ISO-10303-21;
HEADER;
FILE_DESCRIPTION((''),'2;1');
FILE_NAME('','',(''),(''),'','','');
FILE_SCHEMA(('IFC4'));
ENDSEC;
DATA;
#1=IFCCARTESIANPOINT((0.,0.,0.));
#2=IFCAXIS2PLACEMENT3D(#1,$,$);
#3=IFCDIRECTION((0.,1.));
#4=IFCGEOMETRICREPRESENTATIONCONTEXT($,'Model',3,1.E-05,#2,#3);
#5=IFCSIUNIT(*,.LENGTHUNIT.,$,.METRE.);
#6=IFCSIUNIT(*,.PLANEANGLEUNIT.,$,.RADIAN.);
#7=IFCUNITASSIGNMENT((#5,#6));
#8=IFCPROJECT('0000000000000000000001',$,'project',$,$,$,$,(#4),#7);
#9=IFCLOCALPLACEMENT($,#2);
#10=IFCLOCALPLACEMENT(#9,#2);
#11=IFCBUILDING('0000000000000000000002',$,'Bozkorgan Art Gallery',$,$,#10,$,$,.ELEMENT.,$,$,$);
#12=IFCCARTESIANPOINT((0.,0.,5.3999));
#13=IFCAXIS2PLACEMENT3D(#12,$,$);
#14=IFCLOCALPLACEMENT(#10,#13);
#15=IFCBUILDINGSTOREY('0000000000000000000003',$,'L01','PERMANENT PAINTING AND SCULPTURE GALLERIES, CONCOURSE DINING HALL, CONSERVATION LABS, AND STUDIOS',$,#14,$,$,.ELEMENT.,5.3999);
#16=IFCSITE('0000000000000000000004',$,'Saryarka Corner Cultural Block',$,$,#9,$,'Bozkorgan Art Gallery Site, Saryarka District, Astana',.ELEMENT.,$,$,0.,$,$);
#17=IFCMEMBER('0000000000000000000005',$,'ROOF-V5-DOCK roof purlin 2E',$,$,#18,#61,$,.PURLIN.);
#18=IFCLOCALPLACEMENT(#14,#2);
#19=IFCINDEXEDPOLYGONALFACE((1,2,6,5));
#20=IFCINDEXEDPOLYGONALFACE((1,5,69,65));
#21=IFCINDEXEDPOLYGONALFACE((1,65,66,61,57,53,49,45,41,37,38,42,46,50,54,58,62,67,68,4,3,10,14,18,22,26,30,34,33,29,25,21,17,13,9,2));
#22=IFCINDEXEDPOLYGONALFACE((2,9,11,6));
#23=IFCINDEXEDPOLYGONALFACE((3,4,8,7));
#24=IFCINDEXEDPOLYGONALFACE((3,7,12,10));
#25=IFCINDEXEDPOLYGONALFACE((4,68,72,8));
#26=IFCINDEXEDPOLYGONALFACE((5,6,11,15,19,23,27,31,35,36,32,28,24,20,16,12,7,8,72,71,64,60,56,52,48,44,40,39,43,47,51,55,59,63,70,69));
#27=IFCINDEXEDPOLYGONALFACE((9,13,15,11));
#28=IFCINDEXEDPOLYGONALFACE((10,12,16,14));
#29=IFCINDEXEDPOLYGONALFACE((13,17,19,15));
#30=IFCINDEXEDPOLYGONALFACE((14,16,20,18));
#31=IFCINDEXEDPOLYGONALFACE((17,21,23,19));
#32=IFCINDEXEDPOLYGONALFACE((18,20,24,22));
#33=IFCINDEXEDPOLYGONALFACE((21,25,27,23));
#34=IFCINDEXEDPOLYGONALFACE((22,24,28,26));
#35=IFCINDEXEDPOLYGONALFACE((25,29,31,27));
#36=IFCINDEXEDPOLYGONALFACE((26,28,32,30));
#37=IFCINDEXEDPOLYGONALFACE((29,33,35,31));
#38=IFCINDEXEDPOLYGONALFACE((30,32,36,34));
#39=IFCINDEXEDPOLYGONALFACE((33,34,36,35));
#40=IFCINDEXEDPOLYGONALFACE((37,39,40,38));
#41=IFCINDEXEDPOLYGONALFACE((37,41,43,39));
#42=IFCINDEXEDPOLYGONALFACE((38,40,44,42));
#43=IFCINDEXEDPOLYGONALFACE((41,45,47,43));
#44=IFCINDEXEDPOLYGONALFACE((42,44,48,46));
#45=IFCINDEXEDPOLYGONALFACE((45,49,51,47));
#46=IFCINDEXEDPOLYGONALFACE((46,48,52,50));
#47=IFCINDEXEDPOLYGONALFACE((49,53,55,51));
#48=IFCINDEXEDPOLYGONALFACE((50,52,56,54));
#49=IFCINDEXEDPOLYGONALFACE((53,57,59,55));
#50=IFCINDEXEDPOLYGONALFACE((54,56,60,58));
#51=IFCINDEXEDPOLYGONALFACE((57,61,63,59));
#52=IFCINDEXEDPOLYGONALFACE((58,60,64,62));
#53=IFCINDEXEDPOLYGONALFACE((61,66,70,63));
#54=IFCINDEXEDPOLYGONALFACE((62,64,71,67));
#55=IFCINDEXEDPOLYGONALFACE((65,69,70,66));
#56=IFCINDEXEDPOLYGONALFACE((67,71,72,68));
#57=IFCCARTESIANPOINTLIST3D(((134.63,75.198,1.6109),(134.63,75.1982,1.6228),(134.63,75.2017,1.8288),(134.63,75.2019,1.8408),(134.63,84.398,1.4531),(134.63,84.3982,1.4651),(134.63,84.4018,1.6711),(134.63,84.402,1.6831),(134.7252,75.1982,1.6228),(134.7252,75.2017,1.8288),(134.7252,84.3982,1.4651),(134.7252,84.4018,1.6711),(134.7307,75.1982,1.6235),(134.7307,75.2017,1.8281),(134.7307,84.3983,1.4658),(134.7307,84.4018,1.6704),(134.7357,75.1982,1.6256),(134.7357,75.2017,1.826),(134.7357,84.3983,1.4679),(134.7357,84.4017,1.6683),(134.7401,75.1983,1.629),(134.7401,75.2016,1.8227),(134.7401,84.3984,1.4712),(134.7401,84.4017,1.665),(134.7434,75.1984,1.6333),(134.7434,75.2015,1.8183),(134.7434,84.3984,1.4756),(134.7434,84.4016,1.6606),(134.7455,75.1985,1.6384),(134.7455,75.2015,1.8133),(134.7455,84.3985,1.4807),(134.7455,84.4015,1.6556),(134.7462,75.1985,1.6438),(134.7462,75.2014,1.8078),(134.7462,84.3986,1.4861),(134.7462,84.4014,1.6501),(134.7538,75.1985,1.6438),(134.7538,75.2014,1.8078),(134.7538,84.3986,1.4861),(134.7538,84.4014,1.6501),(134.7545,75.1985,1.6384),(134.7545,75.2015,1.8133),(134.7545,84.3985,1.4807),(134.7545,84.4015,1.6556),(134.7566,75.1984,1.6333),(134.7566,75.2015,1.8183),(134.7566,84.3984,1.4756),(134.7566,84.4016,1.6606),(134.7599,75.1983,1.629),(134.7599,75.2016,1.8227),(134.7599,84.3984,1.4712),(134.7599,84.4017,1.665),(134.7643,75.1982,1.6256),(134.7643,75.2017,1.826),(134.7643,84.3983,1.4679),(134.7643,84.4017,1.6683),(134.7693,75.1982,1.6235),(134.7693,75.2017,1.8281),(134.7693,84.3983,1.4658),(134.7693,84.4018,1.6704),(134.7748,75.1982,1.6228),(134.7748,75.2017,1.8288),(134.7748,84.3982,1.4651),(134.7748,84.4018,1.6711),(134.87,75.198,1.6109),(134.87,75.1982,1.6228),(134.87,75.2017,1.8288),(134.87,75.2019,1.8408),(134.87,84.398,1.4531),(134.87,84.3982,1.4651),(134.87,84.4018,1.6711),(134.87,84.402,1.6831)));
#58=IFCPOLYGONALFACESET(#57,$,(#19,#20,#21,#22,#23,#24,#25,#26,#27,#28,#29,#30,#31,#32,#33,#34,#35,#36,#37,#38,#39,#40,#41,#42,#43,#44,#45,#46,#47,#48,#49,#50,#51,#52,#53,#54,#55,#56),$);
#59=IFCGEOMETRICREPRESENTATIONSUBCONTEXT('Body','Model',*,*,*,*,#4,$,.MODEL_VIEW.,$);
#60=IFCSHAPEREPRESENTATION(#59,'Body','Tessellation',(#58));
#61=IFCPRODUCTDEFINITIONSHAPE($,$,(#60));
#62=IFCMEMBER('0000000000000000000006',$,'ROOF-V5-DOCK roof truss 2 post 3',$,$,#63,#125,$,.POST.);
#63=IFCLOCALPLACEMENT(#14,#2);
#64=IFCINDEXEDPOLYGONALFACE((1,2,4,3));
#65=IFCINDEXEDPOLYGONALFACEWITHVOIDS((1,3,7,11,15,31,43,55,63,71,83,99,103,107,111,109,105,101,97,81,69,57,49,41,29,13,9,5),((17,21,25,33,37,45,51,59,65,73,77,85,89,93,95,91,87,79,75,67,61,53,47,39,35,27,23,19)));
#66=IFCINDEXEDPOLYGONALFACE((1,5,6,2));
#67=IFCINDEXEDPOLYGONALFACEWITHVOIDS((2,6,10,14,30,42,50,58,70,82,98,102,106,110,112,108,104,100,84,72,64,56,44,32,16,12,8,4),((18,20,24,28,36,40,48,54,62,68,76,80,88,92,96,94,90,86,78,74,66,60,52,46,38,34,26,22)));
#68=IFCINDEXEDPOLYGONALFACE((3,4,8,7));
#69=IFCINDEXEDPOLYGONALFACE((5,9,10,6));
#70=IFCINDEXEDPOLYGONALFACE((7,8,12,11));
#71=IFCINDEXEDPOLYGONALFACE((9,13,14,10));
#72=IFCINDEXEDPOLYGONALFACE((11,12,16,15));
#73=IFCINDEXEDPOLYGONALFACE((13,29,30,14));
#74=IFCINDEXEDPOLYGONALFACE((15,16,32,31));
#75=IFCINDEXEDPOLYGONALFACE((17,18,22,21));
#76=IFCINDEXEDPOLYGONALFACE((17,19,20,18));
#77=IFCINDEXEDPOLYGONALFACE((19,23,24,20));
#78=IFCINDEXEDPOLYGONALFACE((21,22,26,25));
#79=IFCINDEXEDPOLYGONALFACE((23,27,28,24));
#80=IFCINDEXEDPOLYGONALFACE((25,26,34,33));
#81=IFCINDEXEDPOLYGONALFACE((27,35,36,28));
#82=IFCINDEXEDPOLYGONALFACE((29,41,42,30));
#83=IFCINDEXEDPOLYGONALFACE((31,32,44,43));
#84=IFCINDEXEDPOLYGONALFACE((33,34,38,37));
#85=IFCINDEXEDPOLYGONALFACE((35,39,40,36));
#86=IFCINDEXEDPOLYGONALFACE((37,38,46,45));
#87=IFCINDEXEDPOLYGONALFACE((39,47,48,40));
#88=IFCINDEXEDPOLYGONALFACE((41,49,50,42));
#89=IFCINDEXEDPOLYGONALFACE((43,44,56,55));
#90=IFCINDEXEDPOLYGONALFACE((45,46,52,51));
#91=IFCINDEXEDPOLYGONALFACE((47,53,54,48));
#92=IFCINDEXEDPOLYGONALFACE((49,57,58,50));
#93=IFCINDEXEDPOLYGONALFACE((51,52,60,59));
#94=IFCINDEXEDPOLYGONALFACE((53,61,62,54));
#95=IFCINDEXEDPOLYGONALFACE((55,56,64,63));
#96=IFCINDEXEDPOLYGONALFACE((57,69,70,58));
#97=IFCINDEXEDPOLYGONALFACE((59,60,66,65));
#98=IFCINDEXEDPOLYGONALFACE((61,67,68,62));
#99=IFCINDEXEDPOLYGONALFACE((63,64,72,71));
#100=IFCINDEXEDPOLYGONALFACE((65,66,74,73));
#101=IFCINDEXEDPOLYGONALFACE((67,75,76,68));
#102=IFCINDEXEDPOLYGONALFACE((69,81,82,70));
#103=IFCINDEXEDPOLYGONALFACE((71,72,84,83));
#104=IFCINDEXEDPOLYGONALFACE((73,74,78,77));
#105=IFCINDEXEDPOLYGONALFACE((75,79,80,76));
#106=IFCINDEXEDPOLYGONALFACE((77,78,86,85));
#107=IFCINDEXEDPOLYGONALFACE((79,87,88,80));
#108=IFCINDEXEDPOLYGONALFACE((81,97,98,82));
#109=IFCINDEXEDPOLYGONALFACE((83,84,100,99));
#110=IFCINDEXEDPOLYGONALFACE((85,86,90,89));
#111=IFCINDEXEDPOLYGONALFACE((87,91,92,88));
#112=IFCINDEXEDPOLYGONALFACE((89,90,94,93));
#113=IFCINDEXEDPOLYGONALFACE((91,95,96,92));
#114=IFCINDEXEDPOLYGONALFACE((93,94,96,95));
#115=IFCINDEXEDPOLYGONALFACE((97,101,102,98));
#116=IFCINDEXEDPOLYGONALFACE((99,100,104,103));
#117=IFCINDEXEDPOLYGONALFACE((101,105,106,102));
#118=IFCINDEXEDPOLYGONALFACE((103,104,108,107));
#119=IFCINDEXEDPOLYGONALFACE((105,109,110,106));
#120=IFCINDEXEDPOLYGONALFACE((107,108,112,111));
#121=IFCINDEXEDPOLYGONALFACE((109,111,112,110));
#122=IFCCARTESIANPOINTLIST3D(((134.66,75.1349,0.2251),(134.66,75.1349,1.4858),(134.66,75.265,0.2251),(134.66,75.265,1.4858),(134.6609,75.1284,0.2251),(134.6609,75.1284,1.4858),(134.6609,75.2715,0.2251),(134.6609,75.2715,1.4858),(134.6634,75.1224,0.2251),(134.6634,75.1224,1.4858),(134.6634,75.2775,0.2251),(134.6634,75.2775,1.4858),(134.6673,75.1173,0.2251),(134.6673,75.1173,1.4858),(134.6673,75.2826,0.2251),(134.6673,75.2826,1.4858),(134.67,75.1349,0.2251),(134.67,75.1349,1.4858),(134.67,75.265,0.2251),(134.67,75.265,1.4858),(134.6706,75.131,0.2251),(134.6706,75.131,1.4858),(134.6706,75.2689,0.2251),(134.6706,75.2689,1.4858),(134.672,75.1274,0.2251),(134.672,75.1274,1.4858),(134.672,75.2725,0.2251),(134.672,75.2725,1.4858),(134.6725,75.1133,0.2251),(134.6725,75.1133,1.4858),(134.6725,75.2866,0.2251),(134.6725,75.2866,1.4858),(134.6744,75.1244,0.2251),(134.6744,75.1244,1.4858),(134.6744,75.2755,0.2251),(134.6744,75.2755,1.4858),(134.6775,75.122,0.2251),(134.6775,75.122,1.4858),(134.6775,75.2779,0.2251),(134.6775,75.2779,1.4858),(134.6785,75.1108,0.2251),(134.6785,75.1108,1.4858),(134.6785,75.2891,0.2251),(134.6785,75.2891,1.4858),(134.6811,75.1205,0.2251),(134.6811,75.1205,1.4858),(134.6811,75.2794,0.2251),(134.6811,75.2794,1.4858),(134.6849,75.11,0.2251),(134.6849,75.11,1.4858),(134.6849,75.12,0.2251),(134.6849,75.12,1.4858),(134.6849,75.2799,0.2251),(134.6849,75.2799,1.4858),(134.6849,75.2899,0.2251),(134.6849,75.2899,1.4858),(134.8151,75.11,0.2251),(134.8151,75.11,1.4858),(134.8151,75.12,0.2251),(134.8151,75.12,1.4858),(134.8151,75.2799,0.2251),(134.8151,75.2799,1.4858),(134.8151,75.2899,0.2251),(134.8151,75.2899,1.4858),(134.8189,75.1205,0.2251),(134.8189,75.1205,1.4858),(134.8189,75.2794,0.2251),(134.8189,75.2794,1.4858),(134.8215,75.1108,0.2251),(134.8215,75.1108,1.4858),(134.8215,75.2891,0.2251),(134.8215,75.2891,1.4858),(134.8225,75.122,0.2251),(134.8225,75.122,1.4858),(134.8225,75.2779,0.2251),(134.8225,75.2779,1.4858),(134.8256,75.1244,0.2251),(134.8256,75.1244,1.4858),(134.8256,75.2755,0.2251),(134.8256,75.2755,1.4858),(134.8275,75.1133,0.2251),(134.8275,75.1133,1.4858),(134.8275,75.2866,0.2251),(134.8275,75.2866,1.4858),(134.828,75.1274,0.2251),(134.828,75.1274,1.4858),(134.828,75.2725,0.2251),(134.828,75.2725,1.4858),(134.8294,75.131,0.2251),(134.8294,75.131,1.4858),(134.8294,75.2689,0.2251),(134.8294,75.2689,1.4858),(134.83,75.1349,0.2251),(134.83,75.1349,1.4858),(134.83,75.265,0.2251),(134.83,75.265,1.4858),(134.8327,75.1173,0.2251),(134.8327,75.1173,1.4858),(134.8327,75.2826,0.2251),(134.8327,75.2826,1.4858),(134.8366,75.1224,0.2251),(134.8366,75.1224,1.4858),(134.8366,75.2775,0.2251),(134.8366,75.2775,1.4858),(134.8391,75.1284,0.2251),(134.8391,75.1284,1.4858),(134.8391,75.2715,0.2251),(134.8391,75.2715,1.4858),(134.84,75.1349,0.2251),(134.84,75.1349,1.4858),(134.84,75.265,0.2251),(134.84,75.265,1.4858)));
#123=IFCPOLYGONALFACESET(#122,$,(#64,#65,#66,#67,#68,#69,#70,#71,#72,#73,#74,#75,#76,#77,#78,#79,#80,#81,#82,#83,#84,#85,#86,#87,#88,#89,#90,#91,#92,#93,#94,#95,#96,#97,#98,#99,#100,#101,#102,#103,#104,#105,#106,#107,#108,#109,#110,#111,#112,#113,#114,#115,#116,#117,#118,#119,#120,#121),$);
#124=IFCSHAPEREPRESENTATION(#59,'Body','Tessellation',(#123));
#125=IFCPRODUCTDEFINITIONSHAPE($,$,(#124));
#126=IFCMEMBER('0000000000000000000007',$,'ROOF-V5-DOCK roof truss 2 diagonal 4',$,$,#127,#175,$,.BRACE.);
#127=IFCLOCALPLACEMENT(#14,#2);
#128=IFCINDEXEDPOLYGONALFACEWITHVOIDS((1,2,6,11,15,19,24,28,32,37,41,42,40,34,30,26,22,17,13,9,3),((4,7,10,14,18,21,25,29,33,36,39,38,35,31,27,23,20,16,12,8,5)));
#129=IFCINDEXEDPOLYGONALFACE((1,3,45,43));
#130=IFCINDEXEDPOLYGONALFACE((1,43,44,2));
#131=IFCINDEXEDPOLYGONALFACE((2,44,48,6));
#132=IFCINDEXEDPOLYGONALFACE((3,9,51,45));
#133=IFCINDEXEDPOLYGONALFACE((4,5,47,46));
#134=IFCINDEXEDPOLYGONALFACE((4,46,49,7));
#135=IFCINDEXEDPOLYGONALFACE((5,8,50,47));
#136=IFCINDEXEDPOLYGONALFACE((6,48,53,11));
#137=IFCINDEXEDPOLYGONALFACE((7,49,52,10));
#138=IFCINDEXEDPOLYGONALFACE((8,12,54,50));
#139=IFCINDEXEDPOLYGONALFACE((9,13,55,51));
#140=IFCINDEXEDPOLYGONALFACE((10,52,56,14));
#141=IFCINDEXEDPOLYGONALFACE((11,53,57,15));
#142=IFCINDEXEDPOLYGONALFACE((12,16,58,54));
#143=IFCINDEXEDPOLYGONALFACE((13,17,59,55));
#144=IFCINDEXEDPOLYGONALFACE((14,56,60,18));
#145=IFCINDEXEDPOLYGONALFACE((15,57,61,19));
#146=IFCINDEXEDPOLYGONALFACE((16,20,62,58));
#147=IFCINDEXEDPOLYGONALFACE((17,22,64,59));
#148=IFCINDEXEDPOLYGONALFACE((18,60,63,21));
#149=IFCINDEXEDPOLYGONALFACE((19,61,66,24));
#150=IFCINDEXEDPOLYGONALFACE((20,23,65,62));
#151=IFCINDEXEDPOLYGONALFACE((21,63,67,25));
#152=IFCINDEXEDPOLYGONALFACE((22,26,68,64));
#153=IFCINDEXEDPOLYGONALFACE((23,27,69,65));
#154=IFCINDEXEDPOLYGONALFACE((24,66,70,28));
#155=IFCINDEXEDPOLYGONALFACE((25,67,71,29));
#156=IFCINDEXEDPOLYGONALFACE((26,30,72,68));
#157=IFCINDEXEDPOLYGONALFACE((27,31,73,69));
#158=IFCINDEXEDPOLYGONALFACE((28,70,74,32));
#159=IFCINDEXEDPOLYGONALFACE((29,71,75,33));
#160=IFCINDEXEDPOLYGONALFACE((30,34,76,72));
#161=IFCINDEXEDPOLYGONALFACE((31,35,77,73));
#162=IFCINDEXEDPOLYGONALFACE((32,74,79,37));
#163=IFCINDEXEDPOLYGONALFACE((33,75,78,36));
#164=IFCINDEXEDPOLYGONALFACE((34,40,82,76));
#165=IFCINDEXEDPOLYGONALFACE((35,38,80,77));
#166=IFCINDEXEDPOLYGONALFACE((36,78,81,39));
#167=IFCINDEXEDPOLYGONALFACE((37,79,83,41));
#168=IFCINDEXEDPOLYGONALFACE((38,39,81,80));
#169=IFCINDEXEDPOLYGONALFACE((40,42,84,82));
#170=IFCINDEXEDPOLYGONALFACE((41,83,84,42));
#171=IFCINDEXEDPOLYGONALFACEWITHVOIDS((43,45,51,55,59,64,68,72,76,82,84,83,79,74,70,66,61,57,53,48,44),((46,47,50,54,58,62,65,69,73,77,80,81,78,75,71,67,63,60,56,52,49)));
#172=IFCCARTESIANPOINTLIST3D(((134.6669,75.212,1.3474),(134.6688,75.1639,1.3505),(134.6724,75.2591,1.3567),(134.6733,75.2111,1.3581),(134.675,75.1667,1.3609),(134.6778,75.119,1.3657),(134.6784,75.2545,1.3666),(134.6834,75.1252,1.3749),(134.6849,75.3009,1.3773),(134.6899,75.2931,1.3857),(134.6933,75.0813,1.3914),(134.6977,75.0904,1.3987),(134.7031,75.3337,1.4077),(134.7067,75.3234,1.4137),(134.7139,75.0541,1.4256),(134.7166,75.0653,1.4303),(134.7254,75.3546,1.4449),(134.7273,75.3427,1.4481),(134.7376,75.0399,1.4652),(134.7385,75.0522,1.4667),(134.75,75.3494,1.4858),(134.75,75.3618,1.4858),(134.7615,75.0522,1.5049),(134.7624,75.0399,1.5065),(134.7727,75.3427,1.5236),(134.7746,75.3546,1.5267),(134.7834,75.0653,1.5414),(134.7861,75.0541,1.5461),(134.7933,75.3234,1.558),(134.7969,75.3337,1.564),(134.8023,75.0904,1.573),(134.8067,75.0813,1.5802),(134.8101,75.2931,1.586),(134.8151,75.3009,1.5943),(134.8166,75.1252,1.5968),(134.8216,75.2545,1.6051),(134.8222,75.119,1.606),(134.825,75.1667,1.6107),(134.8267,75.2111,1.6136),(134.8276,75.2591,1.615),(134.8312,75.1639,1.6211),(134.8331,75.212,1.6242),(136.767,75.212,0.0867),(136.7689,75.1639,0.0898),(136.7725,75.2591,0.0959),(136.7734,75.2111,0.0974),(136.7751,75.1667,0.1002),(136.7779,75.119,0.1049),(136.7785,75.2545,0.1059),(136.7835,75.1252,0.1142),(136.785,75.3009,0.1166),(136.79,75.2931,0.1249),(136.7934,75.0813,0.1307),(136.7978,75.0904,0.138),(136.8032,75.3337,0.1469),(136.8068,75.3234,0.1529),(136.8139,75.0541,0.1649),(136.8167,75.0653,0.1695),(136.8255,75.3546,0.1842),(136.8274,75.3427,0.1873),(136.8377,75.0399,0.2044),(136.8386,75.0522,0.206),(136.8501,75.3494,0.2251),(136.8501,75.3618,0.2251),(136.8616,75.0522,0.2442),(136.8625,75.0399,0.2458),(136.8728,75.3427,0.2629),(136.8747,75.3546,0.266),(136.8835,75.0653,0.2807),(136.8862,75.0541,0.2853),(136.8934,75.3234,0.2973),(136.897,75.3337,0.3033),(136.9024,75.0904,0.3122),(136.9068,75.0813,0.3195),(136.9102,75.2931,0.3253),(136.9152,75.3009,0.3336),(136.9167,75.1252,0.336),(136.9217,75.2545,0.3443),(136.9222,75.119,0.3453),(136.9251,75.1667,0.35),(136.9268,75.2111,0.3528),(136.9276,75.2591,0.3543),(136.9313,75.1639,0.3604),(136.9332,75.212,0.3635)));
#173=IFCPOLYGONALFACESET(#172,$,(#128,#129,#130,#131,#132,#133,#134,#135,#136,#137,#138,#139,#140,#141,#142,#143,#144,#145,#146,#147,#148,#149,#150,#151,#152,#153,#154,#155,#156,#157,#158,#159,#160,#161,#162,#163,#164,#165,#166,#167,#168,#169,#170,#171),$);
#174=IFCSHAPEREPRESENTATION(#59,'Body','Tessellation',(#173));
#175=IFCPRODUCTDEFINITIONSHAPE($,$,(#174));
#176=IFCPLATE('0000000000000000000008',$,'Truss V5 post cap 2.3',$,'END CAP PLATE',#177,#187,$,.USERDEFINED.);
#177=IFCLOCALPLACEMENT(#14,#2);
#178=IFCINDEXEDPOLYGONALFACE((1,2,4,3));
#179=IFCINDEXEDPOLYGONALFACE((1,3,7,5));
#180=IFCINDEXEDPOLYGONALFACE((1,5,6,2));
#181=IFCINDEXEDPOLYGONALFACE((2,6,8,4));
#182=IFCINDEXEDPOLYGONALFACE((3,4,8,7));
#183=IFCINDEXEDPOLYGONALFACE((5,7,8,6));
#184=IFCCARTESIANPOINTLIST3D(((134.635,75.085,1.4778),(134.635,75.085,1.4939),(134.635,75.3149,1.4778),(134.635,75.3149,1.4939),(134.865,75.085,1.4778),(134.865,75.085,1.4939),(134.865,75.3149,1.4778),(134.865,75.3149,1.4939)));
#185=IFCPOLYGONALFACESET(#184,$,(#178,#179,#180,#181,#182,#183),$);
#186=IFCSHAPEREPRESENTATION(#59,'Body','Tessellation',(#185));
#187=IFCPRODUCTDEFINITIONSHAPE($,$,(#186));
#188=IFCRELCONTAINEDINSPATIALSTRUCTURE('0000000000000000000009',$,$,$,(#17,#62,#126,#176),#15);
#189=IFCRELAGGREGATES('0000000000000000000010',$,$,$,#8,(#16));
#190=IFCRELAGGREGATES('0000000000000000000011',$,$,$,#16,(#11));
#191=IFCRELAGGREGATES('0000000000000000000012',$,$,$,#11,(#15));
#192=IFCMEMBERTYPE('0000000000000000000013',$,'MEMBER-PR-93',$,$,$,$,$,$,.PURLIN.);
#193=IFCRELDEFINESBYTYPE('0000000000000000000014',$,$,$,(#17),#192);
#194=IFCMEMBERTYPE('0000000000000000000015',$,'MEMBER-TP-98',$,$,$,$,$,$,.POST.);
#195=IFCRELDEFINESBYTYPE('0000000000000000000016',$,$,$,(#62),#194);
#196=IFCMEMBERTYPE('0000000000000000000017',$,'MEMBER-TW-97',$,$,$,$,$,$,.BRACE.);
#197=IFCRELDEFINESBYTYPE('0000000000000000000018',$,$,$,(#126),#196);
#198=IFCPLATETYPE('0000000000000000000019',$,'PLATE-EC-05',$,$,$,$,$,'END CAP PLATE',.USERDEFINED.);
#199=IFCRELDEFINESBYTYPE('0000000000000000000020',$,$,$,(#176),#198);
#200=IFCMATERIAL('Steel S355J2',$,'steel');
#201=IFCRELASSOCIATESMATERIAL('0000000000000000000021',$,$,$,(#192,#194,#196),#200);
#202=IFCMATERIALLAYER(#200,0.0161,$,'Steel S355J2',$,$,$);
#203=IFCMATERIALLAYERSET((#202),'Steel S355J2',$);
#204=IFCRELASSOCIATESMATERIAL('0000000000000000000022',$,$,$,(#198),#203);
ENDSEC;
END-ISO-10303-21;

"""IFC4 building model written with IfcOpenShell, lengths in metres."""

from ifc_helpers import new_model, si_unit, direction, frame, origin, origin_2d, place, context, subcontext, project, spatial, rectangle, hollow_rectangle, hollow_circle, i_section, extrude, material, layer, layer_set, material_profile, profile_set, type_object, element, save


model = new_model("IFC4")

# Units and contexts
model_context = context("Model", 3, precision=1e-05, world=origin(), true_north=direction((0.0, 1.0)))
body_context = subcontext(model_context, "Body", "Model", "MODEL_VIEW")
ifc_project = project(units=[si_unit("LENGTHUNIT", "METRE"), si_unit("PLANEANGLEUNIT", "RADIAN")], contexts=[model_context])

# Site, building, storey
site_placement = place(None, origin())
site = spatial("IfcSite", under=ifc_project, at=site_placement, Name="Saryarka Corner Cultural Block", LongName="Bozkorgan Art Gallery Site, Saryarka District, Astana", CompositionType="ELEMENT", RefElevation=0.0)
building_placement = place(site_placement, origin())
building = spatial("IfcBuilding", under=site, at=building_placement, Name="Bozkorgan Art Gallery", CompositionType="ELEMENT")
storey_placement = place(building_placement, frame((0.0, 0.0, 5.3999)))
storey = spatial("IfcBuildingStorey", under=building, at=storey_placement, Name="L01", Description="PERMANENT PAINTING AND SCULPTURE GALLERIES, CONCOURSE DINING HALL, CONSERVATION LABS, AND STUDIOS", CompositionType="ELEMENT", Elevation=5.3999)

# Shared definitions
ifc_material_1 = material(Name="Steel S355J2", Category="steel")

# Members
ifc_material_profile_1 = material_profile(ifc_material_1, i_section(OverallWidth=0.24, OverallDepth=0.23, WebThickness=0.0076, FlangeThickness=0.012, FilletRadius=0.021, at=origin_2d()), Name="HEA 240")
ifc_profile_set_1 = profile_set([ifc_material_profile_1], Name="Steel S355J2")
member_type_1 = type_object("IfcMemberType", Name="MEMBER-PR-93", PredefinedType="PURLIN", material=ifc_profile_set_1)
member_1_placement = place(storey_placement, frame((134.75, 75.2, 1.7258), z_axis=(0.0, 0.999853, -0.01714), x_axis=(-1.0, 0.0, 0.0)))
element("IfcMember", 1, at=member_1_placement, inside=storey, type_object=member_type_1, Name="ROOF-V5-DOCK roof purlin 2E", PredefinedType="PURLIN", context=body_context, shape_type="SweptSolid", body=[
    extrude(i_section(OverallWidth=0.24, OverallDepth=0.23, WebThickness=0.0076, FlangeThickness=0.012, FilletRadius=0.021, at=origin_2d()), origin(), (0.0, 0.0, 1.0), 9.2014),
])
ifc_material_profile_2 = material_profile(ifc_material_1, hollow_rectangle(XDim=0.1799, YDim=0.1799, WallThickness=0.01, InnerFilletRadius=0.0149, OuterFilletRadius=0.0249, at=origin_2d()), Name="SHS 180x180x10")
ifc_profile_set_2 = profile_set([ifc_material_profile_2], Name="Steel S355J2")
member_type_2 = type_object("IfcMemberType", Name="MEMBER-TP-98", PredefinedType="POST", material=ifc_profile_set_2)
member_2_placement = place(storey_placement, frame((134.75, 75.2, 0.2251), z_axis=(0.0, 0.0, 1.0), x_axis=(1.0, 0.0, 0.0)))
element("IfcMember", 2, at=member_2_placement, inside=storey, type_object=member_type_2, Name="ROOF-V5-DOCK roof truss 2 post 3", PredefinedType="POST", context=body_context, shape_type="SweptSolid", body=[
    extrude(hollow_rectangle(XDim=0.1799, YDim=0.1799, WallThickness=0.01, InnerFilletRadius=0.0149, OuterFilletRadius=0.0249, at=origin_2d()), origin(), (0.0, 0.0, 1.0), 1.2607),
])
ifc_material_profile_3 = material_profile(ifc_material_1, hollow_circle(Radius=0.1619, WallThickness=0.0125, at=origin_2d()), Name="CHS 323.9x12.5")
ifc_profile_set_3 = profile_set([ifc_material_profile_3], Name="Steel S355J2")
member_type_3 = type_object("IfcMemberType", Name="MEMBER-TW-97", PredefinedType="BRACE", material=ifc_profile_set_3)
member_3_placement = place(storey_placement, frame((134.75, 75.2, 1.4858), z_axis=(0.85737, 0.0, -0.514701), x_axis=(0.0, 1.0, 0.0)))
element("IfcMember", 3, at=member_3_placement, inside=storey, type_object=member_type_3, Name="ROOF-V5-DOCK roof truss 2 diagonal 4", PredefinedType="BRACE", context=body_context, shape_type="SweptSolid", body=[
    extrude(hollow_circle(Radius=0.1619, WallThickness=0.0125, at=origin_2d()), origin(), (0.0, 0.0, 1.0), 2.4495),
])

# Plate
ifc_layer_1 = layer(ifc_material_1, 0.0161, Name="Steel S355J2")
ifc_layer_set_1 = layer_set([ifc_layer_1], Name="Steel S355J2")
plate_type_1 = type_object("IfcPlateType", Name="PLATE-EC-05", ElementType="END CAP PLATE", PredefinedType="USERDEFINED", material=ifc_layer_set_1)
plate_1_placement = place(storey_placement, frame((134.75, 75.2, 1.4778), z_axis=(0.0, 0.0, 1.0), x_axis=(1.0, 0.0, 0.0)))
element("IfcPlate", 4, at=plate_1_placement, inside=storey, type_object=plate_type_1, Name="Truss V5 post cap 2.3", ObjectType="END CAP PLATE", PredefinedType="USERDEFINED", context=body_context, shape_type="SweptSolid", body=[
    extrude(rectangle(XDim=0.23, YDim=0.23, at=origin_2d()), origin(), (0.0, 0.0, 1.0), 0.0161),
])

save(model, "model.ifc")
